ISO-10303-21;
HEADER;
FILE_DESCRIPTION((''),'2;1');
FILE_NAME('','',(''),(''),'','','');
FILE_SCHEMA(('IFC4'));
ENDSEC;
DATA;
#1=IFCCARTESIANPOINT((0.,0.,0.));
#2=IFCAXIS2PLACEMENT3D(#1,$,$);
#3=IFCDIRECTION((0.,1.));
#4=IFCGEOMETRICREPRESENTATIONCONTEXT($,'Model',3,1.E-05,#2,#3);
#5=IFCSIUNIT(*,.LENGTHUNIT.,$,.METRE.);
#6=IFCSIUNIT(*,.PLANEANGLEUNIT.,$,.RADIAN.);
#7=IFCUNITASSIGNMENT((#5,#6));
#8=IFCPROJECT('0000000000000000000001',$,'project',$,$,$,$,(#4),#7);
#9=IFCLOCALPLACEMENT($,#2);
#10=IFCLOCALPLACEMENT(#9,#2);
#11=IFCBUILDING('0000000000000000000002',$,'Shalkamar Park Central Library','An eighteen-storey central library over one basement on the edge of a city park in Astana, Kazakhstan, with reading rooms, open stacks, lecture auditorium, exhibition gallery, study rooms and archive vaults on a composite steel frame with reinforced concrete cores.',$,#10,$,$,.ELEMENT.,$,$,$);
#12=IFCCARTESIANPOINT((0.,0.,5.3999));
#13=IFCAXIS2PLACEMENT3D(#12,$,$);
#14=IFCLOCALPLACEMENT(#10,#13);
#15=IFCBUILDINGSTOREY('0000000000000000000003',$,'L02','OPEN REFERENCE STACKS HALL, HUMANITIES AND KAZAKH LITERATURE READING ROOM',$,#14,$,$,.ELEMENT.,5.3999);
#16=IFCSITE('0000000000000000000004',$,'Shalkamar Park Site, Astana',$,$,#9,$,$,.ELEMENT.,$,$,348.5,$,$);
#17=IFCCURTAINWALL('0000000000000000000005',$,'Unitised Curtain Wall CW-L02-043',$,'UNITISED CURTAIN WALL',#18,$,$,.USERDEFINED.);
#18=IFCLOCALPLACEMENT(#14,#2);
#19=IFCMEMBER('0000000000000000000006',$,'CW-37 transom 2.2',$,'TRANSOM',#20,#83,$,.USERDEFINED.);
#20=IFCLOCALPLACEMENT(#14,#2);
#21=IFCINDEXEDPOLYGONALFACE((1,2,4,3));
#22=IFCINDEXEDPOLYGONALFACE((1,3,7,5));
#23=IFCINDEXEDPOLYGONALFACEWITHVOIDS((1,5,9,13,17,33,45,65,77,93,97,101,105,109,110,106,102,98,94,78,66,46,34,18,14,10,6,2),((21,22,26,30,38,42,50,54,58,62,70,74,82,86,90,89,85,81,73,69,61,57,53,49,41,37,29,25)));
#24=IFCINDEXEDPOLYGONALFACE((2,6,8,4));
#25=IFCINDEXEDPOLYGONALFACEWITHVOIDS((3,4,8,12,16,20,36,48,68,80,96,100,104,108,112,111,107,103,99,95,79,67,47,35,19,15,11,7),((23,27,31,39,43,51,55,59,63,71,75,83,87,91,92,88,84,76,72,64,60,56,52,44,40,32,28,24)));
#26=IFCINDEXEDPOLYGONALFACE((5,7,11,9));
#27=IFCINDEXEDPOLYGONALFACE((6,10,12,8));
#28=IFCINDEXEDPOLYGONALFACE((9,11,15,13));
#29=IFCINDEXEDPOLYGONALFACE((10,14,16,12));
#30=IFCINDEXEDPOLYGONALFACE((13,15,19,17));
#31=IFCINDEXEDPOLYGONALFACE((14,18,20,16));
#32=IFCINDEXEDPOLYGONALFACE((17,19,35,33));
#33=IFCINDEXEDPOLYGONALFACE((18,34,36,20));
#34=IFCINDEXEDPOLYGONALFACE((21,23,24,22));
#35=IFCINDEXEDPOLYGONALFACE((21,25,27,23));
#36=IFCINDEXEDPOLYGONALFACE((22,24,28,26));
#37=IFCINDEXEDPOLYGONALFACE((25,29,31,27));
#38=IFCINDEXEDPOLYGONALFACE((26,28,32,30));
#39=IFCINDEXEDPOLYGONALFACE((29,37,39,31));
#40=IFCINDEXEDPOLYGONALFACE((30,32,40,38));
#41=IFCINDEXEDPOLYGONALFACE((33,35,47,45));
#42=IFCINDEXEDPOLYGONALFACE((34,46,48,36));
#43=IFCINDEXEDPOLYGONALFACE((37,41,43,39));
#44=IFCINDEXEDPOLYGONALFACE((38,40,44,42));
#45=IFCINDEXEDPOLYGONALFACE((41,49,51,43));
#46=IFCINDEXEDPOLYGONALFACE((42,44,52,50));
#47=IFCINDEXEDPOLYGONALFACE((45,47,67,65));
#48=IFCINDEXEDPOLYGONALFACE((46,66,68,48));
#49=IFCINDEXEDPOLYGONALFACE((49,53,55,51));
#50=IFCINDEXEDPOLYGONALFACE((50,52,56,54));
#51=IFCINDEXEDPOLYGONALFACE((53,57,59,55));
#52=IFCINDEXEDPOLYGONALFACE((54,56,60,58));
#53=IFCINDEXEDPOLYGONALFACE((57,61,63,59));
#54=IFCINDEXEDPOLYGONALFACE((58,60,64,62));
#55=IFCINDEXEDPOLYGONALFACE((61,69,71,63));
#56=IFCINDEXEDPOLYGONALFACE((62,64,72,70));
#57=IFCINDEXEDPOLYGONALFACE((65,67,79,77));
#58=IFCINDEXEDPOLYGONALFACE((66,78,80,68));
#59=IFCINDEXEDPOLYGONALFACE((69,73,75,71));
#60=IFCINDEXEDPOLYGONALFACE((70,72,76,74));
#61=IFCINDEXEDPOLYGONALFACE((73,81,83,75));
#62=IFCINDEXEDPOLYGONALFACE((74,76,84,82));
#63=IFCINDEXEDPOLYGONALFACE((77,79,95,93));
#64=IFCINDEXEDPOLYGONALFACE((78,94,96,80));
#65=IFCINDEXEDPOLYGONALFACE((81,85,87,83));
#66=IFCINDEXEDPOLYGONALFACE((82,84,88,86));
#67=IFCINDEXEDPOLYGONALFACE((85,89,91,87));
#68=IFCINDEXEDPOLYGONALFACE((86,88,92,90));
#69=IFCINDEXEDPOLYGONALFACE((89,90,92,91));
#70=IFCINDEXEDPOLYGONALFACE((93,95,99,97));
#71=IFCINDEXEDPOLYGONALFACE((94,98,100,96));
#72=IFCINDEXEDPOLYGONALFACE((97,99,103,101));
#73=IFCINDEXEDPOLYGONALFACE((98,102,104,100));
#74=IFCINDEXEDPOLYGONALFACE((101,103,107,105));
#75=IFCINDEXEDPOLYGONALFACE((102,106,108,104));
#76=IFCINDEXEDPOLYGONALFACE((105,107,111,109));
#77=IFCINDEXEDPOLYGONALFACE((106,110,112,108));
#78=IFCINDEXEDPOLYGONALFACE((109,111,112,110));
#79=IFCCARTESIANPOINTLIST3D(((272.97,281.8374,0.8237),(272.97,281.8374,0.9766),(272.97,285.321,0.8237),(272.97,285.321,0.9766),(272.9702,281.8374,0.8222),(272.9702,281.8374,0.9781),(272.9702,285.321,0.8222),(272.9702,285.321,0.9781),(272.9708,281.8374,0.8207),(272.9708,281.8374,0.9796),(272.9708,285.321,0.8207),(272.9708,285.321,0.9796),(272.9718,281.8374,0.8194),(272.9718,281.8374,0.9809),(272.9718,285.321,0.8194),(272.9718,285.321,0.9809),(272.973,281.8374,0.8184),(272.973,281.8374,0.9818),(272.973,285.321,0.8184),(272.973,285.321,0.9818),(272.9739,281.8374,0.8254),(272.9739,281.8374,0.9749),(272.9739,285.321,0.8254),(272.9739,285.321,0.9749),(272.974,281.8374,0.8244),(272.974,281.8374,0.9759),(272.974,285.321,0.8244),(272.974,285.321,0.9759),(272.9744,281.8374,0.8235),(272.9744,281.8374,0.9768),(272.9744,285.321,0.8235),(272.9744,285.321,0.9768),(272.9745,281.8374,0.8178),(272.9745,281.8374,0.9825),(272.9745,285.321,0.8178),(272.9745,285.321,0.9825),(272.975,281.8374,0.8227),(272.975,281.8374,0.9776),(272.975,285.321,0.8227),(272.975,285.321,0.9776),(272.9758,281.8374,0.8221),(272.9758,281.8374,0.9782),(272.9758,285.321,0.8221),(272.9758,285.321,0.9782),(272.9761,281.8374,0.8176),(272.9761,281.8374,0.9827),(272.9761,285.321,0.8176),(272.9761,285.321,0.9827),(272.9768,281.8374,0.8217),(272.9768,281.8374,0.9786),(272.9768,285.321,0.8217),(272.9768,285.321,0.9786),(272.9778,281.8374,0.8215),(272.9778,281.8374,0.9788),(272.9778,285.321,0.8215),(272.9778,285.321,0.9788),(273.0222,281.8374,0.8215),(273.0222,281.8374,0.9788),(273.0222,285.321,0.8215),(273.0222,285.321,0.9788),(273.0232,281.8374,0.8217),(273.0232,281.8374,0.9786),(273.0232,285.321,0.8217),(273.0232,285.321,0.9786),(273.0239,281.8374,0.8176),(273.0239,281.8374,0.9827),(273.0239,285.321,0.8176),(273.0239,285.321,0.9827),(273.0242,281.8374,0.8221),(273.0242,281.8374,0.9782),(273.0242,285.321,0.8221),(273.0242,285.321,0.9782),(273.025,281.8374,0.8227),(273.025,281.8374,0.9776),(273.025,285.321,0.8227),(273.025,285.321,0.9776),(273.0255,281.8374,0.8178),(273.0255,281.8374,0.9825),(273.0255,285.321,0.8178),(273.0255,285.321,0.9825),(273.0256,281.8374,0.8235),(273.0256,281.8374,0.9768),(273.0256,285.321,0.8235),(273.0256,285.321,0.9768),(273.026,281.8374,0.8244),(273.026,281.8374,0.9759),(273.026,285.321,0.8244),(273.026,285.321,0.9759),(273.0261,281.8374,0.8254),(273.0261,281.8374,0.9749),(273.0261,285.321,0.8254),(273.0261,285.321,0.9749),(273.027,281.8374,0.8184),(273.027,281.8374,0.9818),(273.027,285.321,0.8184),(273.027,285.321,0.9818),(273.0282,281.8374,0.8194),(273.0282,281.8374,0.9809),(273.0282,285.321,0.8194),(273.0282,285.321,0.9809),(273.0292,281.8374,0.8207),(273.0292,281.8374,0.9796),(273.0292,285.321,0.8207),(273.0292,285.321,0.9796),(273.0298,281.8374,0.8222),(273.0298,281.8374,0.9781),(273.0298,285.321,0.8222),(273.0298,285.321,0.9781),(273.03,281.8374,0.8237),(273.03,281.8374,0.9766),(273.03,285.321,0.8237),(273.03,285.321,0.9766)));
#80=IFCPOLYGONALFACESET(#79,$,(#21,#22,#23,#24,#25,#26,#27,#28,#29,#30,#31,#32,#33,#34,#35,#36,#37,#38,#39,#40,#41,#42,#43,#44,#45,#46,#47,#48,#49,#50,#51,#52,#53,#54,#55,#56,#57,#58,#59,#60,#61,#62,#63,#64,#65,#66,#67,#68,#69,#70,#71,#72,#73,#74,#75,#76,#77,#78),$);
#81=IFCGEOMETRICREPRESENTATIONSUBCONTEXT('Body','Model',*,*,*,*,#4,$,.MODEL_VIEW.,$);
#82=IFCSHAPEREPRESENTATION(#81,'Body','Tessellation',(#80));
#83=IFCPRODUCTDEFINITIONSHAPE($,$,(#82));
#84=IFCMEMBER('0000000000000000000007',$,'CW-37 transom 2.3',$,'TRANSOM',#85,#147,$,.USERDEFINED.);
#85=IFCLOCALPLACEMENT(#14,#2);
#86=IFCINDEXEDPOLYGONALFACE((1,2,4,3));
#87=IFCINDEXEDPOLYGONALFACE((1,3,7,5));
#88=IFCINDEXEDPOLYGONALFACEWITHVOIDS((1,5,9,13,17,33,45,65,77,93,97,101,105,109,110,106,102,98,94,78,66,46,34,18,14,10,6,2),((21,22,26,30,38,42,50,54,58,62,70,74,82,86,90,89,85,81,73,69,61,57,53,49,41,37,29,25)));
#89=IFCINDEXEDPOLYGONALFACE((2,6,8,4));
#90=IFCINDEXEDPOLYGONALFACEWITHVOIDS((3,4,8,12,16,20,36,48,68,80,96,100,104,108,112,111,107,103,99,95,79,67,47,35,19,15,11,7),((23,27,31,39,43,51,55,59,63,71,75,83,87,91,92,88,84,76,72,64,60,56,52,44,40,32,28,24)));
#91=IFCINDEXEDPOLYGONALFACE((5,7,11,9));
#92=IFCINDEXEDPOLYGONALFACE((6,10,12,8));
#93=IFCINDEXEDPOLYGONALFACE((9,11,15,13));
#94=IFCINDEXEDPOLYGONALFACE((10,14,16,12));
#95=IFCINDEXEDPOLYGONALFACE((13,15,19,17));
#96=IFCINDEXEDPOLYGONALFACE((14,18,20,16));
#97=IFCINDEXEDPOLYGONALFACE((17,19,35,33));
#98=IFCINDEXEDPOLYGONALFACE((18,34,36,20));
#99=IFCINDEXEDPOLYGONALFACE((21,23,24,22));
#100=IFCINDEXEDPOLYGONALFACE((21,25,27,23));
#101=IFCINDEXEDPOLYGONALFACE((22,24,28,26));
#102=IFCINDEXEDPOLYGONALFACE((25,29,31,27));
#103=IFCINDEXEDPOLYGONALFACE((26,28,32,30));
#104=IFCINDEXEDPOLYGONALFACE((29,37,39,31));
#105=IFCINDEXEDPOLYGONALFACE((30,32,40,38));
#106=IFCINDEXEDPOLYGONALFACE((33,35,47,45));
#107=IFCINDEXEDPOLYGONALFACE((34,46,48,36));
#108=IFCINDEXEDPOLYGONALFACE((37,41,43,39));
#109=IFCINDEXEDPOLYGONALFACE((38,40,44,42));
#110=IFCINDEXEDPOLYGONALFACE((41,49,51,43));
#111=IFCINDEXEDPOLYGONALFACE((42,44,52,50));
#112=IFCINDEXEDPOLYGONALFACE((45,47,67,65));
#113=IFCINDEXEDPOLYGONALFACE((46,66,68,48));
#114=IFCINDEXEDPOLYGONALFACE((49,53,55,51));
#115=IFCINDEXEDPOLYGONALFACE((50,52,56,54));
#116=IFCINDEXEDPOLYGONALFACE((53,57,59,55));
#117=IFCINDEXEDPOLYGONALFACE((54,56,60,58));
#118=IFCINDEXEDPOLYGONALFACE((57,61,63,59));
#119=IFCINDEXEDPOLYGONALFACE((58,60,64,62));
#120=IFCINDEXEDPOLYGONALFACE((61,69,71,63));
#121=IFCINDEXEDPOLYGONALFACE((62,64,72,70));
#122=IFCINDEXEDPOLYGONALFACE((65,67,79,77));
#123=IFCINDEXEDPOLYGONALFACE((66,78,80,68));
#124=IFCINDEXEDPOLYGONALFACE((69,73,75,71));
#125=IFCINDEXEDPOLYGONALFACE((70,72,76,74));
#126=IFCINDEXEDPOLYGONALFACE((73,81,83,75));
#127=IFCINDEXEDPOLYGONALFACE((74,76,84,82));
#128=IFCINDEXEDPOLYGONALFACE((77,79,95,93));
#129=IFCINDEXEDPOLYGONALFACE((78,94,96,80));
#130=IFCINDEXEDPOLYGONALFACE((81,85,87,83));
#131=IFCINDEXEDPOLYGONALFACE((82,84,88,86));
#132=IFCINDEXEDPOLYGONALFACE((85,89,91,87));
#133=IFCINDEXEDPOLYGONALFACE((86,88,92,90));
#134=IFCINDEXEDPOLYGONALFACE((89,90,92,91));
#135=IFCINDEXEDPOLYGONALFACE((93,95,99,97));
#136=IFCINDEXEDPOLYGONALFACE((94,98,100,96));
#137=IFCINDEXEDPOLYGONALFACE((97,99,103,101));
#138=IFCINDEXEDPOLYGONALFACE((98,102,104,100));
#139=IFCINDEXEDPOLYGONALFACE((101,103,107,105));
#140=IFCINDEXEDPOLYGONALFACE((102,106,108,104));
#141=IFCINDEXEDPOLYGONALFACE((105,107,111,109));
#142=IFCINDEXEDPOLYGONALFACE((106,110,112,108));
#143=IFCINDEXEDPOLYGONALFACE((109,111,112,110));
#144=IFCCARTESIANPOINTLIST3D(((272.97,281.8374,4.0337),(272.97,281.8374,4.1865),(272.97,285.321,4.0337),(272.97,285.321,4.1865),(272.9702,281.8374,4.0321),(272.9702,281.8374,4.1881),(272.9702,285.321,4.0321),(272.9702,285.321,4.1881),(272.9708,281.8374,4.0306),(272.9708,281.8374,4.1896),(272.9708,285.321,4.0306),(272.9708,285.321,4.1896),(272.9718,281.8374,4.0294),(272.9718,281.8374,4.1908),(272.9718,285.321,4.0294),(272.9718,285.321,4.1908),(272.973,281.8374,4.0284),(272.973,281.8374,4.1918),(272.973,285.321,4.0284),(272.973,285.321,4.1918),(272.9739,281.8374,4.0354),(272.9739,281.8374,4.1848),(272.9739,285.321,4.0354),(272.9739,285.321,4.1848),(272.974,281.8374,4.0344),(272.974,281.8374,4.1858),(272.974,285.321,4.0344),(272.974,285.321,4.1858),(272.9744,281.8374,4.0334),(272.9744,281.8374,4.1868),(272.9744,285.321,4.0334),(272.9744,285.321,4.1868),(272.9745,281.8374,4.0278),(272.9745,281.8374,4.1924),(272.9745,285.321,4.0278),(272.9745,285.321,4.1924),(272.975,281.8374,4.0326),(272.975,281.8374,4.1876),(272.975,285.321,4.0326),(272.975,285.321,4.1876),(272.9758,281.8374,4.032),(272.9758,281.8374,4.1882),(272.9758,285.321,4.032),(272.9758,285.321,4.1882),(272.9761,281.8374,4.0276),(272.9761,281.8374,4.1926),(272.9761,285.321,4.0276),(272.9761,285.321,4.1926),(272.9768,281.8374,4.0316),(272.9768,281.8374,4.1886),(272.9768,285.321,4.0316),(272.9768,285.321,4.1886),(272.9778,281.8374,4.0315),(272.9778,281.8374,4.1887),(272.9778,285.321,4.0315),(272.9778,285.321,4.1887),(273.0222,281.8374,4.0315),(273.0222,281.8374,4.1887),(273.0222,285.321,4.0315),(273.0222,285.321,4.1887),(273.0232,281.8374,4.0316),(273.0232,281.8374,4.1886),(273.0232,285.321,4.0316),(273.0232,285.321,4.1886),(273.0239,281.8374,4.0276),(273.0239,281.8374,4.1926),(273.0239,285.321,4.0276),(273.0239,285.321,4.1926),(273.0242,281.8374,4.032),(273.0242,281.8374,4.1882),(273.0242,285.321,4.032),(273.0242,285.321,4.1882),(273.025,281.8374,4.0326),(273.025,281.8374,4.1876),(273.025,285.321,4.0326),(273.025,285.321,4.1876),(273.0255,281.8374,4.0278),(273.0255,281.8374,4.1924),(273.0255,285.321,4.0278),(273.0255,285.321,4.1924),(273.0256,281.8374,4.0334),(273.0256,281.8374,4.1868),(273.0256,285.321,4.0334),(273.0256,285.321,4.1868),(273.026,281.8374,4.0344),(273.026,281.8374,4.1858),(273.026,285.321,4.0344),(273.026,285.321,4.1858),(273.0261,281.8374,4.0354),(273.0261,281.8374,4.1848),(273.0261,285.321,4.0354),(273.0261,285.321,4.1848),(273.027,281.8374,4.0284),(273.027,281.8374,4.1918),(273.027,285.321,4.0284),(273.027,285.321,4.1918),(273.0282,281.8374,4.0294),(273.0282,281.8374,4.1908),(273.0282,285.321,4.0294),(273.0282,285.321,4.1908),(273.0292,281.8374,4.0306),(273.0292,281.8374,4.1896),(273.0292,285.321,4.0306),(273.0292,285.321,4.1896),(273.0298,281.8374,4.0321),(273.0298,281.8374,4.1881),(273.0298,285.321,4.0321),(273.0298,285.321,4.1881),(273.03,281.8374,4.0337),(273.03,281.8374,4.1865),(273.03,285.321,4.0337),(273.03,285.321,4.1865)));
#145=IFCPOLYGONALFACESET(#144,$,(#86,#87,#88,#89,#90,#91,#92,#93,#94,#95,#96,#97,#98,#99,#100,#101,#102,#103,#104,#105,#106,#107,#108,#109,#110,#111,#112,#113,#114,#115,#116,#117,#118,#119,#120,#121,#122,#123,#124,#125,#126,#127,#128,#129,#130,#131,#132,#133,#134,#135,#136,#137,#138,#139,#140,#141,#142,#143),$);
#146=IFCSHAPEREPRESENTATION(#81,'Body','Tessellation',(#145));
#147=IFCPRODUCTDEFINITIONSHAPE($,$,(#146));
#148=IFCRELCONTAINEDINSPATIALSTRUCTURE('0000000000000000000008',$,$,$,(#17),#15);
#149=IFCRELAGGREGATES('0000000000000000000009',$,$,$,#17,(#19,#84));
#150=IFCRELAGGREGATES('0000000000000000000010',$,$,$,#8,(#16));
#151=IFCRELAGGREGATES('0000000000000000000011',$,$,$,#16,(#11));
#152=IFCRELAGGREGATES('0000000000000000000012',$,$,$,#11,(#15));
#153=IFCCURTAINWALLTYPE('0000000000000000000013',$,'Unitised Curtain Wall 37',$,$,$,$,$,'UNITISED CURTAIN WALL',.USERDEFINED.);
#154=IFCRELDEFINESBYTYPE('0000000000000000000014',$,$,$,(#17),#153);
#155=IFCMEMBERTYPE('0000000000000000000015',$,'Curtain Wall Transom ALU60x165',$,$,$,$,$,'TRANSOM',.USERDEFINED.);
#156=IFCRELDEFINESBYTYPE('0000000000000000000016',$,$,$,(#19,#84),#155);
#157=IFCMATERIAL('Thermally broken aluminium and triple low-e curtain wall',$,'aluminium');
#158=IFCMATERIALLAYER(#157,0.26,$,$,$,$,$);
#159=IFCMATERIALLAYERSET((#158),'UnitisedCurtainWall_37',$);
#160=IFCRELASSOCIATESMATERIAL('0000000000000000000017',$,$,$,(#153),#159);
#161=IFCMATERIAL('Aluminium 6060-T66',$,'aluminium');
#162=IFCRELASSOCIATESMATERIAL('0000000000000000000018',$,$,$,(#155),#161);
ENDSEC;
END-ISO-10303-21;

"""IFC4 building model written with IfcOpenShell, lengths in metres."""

from ifc_helpers import new_model, si_unit, direction, frame, origin, origin_2d, place, context, subcontext, project, spatial, hollow_rectangle, extrude, material, layer, layer_set, material_profile, profile_set, type_object, element, aggregate, save


model = new_model("IFC4")

# Units and contexts
model_context = context("Model", 3, precision=1e-05, world=origin(), true_north=direction((0.0, 1.0)))
body_context = subcontext(model_context, "Body", "Model", "MODEL_VIEW")
ifc_project = project(units=[si_unit("LENGTHUNIT", "METRE"), si_unit("PLANEANGLEUNIT", "RADIAN")], contexts=[model_context])

# Site, building, storey
site_placement = place(None, origin())
site = spatial("IfcSite", under=ifc_project, at=site_placement, Name="Shalkamar Park Site, Astana", CompositionType="ELEMENT", RefElevation=348.5)
building_placement = place(site_placement, origin())
building = spatial("IfcBuilding", under=site, at=building_placement, Name="Shalkamar Park Central Library", Description="An eighteen-storey central library over one basement on the edge of a city park in Astana, Kazakhstan, with reading rooms, open stacks, lecture auditorium, exhibition gallery, study rooms and archive vaults on a composite steel frame with reinforced concrete cores.", CompositionType="ELEMENT")
storey_placement = place(building_placement, frame((0.0, 0.0, 5.3999)))
storey = spatial("IfcBuildingStorey", under=building, at=storey_placement, Name="L02", Description="OPEN REFERENCE STACKS HALL, HUMANITIES AND KAZAKH LITERATURE READING ROOM", CompositionType="ELEMENT", Elevation=5.3999)

# Curtain wall, members
ifc_material_1 = material(Name="Thermally broken aluminium and triple low-e curtain wall", Category="aluminium")
ifc_layer_1 = layer(ifc_material_1, 0.26)
ifc_layer_set_1 = layer_set([ifc_layer_1], Name="UnitisedCurtainWall_37")
curtain_wall_type = type_object("IfcCurtainWallType", Name="Unitised Curtain Wall 37", ElementType="UNITISED CURTAIN WALL", PredefinedType="USERDEFINED", material=ifc_layer_set_1)
curtain_wall_placement = place(storey_placement, origin())
curtain_wall = element("IfcCurtainWall", 1, at=curtain_wall_placement, inside=storey, type_object=curtain_wall_type, Name="Unitised Curtain Wall CW-L02-043", ObjectType="UNITISED CURTAIN WALL", PredefinedType="USERDEFINED")
ifc_material_2 = material(Name="Aluminium 6060-T66", Category="aluminium")
ifc_material_profile_1 = material_profile(ifc_material_2, hollow_rectangle(XDim=0.0601, YDim=0.165, WallThickness=0.0039, InnerFilletRadius=0.0039, OuterFilletRadius=0.0061, at=origin_2d()), Name="ALU 60x165x4")
ifc_profile_set_1 = profile_set([ifc_material_profile_1], Name="Aluminium 6060-T66")
member_type_1 = type_object("IfcMemberType", Name="Curtain Wall Transom ALU60x165", ElementType="TRANSOM", PredefinedType="USERDEFINED", material=ifc_profile_set_1)
member_1_placement = place(storey_placement, frame((273.0, 281.8374, 0.9001), z_axis=(0.0, 1.0, 0.0), x_axis=(-1.0, 0.0, 0.0)))
member_1 = element("IfcMember", 2, at=member_1_placement, type_object=member_type_1, Name="CW-37 transom 2.2", ObjectType="TRANSOM", PredefinedType="USERDEFINED", context=body_context, shape_type="SweptSolid", body=[
    extrude(hollow_rectangle(XDim=0.0601, YDim=0.165, WallThickness=0.0039, InnerFilletRadius=0.0039, OuterFilletRadius=0.0061, at=origin_2d()), origin(), (0.0, 0.0, 1.0), 3.4836),
])
member_2_placement = place(storey_placement, frame((273.0, 281.8374, 4.1101), z_axis=(0.0, 1.0, 0.0), x_axis=(-1.0, 0.0, 0.0)))
member_2 = element("IfcMember", 3, at=member_2_placement, type_object=member_type_1, Name="CW-37 transom 2.3", ObjectType="TRANSOM", PredefinedType="USERDEFINED", context=body_context, shape_type="SweptSolid", body=[
    extrude(hollow_rectangle(XDim=0.0601, YDim=0.165, WallThickness=0.0039, InnerFilletRadius=0.0039, OuterFilletRadius=0.0061, at=origin_2d()), origin(), (0.0, 0.0, 1.0), 3.4836),
])

aggregate(curtain_wall, [member_1, member_2])

save(model, "model.ifc")
